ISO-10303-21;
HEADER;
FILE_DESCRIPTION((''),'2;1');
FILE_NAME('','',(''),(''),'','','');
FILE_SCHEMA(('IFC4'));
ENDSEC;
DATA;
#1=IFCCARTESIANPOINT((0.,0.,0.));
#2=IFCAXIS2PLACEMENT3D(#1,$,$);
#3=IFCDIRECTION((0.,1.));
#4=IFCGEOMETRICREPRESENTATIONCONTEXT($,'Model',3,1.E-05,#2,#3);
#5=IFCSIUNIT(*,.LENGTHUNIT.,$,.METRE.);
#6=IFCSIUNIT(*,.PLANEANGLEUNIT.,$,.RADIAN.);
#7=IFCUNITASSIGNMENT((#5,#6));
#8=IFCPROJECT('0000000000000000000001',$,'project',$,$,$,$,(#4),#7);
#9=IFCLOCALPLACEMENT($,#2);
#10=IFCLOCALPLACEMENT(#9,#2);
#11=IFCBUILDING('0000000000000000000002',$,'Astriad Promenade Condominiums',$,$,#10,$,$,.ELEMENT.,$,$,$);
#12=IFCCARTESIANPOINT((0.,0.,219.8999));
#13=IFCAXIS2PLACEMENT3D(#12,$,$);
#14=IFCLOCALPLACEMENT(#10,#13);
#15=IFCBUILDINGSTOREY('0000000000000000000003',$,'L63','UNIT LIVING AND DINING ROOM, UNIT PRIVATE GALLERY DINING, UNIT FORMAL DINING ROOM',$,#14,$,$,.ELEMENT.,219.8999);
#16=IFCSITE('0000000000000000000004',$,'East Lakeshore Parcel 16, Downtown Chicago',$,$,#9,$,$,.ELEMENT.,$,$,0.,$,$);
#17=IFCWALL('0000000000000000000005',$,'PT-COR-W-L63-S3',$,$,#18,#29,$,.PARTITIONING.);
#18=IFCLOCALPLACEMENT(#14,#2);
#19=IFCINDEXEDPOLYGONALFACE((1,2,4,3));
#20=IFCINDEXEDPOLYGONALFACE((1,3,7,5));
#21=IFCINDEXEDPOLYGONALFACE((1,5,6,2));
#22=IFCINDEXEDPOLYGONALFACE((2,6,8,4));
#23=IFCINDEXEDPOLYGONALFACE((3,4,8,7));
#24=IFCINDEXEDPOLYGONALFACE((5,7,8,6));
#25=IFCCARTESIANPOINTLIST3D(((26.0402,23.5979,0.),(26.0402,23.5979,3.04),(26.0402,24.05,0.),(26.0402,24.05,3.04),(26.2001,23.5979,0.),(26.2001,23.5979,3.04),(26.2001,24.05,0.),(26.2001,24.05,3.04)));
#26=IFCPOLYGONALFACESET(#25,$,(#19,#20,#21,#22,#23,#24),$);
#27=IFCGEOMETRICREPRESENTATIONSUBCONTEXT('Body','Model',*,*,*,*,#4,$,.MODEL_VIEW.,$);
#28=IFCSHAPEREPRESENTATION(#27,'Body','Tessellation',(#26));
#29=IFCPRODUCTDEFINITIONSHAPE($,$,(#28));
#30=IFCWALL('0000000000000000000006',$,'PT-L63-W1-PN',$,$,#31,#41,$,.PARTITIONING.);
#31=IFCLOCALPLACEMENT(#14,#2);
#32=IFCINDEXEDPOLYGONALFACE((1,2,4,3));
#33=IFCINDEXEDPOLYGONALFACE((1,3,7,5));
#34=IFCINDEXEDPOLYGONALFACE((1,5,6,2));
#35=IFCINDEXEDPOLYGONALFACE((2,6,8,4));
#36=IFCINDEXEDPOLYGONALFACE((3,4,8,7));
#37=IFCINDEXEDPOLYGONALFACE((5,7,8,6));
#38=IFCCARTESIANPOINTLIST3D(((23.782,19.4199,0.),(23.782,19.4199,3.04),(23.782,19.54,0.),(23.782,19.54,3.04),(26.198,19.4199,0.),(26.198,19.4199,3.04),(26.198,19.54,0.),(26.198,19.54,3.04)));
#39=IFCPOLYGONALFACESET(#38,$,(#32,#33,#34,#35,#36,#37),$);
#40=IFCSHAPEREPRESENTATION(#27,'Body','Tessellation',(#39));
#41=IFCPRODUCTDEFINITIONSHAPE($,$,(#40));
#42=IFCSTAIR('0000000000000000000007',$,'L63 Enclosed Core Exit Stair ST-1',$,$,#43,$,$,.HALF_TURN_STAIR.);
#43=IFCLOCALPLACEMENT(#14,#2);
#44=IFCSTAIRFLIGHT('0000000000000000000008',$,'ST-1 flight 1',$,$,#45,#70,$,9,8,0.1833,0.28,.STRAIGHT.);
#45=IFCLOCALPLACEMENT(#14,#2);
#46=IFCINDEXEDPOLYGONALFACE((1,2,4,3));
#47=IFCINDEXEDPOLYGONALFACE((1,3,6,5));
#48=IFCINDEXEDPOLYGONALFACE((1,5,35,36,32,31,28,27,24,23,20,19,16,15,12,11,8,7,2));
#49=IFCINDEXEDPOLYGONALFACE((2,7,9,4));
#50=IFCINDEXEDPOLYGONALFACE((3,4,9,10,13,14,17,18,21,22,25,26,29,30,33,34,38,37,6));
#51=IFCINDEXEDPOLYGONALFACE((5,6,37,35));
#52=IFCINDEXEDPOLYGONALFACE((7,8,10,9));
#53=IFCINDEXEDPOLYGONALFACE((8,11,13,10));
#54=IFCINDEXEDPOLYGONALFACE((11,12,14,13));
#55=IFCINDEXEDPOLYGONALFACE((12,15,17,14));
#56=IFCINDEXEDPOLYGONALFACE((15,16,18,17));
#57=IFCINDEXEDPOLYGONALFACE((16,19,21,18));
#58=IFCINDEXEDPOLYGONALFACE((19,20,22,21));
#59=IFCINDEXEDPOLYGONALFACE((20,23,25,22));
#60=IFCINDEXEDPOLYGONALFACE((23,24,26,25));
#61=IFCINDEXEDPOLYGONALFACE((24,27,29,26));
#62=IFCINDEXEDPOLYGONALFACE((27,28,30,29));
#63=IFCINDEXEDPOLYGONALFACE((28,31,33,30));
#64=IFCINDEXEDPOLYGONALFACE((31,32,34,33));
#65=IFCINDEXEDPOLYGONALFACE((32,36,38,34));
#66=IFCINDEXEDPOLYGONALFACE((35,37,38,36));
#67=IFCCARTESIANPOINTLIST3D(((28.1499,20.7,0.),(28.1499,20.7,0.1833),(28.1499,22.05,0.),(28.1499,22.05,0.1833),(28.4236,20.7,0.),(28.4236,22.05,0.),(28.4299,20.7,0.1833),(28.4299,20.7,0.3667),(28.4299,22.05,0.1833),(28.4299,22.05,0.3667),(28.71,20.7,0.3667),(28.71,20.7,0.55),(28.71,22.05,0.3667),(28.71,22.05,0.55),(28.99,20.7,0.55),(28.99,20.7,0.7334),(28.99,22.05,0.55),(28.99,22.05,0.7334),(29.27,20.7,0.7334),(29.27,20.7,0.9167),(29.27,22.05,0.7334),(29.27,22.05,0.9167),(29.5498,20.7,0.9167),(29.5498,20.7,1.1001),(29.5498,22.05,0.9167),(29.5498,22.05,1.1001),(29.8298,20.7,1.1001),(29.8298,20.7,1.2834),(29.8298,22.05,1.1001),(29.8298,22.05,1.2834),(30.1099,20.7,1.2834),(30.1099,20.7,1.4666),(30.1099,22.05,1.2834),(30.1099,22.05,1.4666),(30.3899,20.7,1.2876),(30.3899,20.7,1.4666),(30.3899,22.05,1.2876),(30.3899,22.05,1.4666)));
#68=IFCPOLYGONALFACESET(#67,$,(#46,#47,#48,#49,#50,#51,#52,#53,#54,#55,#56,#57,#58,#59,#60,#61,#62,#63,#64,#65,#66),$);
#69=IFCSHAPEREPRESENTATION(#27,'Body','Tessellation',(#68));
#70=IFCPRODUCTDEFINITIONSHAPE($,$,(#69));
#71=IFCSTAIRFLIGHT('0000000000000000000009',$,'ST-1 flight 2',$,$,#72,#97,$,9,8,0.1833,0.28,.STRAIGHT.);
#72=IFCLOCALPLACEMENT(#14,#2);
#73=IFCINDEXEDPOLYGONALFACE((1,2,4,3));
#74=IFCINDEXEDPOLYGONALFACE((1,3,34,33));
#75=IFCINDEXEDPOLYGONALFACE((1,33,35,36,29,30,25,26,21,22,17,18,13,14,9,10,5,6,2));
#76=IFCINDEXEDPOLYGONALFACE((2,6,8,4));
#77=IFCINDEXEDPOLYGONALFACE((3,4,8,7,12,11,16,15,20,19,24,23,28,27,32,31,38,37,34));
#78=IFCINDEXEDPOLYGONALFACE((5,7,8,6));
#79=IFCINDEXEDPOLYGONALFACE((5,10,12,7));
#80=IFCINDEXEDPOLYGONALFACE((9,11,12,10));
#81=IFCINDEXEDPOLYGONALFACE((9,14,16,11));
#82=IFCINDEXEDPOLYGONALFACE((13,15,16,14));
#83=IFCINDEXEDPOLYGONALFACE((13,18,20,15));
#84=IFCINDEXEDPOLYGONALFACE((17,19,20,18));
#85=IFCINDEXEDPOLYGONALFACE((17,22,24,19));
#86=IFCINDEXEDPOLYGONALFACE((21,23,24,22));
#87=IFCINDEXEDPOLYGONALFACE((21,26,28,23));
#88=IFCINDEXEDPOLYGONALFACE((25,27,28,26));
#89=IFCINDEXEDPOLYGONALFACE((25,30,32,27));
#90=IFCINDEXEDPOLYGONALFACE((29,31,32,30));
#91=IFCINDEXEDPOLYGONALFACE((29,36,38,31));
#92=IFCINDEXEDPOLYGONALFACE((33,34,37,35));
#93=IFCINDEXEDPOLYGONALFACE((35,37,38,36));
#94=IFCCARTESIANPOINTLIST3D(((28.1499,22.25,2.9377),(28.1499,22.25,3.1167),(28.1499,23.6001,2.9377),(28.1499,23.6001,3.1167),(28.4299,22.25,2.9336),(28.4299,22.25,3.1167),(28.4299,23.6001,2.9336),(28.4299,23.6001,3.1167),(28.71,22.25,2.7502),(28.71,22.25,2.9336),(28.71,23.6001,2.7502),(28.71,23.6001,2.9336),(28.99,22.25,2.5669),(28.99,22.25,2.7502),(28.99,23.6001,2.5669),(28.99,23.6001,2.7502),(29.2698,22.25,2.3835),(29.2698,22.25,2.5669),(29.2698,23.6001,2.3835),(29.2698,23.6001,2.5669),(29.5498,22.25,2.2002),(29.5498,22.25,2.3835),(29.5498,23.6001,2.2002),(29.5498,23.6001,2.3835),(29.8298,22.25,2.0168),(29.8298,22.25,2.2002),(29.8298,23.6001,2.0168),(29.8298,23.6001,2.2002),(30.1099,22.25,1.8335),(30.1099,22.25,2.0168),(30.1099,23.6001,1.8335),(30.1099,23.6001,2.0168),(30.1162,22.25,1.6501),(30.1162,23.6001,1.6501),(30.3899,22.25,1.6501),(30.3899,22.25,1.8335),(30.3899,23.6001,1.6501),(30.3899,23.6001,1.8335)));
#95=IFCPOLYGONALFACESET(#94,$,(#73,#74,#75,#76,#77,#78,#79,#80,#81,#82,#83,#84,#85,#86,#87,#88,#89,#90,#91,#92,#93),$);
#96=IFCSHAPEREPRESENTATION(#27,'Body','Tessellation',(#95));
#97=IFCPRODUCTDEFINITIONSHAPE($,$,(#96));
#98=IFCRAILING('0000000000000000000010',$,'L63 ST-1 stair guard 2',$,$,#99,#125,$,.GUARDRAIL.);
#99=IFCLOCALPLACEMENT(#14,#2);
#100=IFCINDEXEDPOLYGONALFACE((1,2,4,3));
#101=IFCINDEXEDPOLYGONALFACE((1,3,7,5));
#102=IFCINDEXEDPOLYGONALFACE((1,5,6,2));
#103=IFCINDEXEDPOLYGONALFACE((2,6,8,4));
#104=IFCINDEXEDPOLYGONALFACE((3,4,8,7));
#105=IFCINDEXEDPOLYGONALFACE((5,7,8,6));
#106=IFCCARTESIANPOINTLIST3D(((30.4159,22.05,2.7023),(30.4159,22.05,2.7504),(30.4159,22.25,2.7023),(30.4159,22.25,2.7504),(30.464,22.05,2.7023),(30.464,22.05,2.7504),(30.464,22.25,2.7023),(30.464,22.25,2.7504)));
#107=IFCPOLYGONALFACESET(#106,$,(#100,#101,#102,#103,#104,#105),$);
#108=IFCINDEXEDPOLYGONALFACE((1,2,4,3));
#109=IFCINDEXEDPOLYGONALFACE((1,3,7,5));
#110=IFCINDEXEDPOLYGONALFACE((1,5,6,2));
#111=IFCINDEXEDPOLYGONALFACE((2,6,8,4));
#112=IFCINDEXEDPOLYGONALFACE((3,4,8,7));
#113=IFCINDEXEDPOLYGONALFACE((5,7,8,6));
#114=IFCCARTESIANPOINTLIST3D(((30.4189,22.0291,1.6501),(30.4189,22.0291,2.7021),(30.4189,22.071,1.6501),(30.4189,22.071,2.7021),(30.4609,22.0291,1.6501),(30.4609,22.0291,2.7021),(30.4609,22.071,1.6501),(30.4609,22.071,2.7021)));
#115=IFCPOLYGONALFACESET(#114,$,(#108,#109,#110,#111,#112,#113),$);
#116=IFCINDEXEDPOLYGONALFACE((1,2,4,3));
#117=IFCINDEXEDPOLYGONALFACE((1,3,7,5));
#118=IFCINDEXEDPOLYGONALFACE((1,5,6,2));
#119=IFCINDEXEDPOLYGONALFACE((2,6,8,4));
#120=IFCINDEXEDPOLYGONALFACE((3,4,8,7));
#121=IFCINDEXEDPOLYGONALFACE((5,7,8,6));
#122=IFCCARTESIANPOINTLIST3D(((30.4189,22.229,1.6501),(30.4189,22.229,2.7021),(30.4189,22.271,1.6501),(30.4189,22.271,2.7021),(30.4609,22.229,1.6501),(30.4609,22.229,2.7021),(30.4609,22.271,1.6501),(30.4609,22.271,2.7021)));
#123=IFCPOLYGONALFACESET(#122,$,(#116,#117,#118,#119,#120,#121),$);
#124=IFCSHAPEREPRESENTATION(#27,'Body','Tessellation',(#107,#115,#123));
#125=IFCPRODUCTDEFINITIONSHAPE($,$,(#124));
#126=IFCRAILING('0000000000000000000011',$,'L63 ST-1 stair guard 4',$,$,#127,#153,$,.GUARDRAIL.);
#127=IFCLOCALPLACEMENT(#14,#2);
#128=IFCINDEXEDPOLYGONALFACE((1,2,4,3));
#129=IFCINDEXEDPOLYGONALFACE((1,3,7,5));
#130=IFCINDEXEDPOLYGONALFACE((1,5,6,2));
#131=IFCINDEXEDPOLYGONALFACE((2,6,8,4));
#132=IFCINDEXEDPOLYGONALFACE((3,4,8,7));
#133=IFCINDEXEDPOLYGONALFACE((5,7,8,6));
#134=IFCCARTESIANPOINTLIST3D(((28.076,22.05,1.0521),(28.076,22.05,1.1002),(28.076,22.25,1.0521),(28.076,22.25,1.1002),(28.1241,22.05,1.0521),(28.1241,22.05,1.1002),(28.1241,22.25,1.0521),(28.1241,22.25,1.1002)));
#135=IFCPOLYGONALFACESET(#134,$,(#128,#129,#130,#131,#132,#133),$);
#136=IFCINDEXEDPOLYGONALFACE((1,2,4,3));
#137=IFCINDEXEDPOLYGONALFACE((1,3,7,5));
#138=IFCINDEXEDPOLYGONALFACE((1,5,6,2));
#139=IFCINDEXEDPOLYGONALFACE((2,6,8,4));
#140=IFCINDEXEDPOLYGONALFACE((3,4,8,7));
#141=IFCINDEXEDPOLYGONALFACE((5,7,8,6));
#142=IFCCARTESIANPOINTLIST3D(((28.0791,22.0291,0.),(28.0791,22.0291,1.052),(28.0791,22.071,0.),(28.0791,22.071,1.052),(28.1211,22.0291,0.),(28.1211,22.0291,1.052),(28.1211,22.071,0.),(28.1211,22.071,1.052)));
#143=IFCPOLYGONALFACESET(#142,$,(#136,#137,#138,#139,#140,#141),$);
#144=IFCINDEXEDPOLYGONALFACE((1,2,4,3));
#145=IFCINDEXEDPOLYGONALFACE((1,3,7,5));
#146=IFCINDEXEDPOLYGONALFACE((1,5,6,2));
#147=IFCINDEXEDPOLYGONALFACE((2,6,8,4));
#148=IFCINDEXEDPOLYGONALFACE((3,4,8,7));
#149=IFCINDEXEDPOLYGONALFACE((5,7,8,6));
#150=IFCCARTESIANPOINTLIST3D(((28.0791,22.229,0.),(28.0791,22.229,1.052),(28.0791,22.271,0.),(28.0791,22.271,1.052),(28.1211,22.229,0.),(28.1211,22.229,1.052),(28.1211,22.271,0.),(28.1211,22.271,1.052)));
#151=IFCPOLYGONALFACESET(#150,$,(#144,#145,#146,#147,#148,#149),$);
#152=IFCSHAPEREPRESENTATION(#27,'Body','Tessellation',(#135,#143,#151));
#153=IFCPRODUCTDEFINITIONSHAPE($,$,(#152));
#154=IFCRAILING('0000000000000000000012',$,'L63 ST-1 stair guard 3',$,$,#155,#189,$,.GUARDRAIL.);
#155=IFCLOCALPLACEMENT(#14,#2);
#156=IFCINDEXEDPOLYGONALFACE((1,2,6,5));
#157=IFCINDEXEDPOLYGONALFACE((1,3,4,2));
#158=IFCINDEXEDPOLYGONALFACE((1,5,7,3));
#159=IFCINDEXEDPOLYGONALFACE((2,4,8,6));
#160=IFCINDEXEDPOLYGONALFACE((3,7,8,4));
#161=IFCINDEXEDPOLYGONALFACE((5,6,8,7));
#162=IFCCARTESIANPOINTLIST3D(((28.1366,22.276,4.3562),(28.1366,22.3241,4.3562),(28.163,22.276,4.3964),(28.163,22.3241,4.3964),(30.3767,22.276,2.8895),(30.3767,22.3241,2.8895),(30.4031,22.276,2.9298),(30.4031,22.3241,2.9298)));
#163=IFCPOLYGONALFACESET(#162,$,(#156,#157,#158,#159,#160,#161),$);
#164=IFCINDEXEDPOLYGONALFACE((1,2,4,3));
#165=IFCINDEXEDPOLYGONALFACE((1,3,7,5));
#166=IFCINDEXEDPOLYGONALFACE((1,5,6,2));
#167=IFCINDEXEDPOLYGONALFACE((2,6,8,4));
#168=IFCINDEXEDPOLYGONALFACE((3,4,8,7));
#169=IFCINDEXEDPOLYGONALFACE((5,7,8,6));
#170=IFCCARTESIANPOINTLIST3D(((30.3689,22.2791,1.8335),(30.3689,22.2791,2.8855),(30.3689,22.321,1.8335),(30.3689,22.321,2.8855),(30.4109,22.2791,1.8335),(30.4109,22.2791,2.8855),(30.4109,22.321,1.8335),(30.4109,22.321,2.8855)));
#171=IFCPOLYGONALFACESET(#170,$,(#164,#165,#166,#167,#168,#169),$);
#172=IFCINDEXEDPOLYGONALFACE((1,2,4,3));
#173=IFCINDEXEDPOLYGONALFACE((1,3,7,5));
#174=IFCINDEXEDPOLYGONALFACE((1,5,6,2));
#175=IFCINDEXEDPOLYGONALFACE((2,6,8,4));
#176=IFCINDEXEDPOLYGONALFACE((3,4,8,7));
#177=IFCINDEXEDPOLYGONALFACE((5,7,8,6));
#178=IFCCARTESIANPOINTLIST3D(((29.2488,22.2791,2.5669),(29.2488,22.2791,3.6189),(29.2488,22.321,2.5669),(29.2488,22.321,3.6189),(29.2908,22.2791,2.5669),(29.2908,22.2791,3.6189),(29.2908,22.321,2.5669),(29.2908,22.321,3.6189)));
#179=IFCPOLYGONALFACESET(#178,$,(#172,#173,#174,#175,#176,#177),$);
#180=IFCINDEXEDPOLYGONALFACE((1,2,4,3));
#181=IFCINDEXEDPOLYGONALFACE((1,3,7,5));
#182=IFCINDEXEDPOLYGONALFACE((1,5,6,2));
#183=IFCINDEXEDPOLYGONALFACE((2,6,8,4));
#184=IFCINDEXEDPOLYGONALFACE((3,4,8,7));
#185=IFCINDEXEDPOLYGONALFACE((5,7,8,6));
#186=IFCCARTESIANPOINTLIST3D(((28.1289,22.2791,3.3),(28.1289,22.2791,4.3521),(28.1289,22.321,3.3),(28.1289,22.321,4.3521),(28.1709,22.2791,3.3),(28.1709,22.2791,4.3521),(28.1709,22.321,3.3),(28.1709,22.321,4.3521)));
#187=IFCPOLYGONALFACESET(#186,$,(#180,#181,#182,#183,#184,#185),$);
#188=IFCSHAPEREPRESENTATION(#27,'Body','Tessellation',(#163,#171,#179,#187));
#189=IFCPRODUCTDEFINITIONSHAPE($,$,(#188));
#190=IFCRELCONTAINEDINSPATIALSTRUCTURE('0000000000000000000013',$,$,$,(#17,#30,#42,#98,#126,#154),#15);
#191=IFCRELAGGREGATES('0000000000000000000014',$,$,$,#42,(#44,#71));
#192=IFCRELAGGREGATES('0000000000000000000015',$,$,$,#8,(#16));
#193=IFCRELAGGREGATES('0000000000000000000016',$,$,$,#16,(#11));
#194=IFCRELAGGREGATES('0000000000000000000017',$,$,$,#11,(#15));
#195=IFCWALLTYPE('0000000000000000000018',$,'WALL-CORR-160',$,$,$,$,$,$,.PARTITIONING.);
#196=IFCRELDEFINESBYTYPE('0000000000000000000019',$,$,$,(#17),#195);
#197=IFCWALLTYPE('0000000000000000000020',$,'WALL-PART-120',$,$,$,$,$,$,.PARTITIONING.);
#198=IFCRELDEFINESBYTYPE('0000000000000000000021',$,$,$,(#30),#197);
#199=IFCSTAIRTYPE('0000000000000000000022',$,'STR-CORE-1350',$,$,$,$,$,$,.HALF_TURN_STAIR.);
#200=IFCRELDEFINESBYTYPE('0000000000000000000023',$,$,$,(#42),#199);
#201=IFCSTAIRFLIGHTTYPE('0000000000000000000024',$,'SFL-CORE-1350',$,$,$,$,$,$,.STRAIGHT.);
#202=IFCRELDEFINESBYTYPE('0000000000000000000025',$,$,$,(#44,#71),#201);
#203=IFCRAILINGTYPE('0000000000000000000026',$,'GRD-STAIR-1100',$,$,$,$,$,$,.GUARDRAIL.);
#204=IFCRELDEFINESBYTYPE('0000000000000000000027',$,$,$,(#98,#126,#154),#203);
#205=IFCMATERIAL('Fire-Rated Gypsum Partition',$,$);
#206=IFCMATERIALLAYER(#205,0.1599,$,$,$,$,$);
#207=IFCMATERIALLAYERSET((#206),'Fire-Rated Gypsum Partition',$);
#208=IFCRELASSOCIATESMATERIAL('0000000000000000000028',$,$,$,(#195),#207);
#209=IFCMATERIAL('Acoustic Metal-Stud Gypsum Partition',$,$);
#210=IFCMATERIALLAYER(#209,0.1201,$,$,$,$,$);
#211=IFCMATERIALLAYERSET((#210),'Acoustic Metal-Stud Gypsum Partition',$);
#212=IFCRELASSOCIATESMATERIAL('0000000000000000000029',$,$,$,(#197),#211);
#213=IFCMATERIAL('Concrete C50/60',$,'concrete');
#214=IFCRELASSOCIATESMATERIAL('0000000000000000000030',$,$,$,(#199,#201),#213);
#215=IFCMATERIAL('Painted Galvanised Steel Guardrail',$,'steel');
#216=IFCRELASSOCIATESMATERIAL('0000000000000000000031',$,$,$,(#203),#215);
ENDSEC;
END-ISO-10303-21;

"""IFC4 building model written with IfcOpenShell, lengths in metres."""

from ifc_helpers import new_model, si_unit, direction, frame, frame_2d, origin, origin_2d, place, context, subcontext, project, spatial, polyline, rectangle, outline, extrude, source, transform, mapped, material, layer, layer_set, type_object, type_shapes, element, aggregate, save


model = new_model("IFC4")

# Units and contexts
model_context = context("Model", 3, precision=1e-05, world=origin(), true_north=direction((0.0, 1.0)))
body_context = subcontext(model_context, "Body", "Model", "MODEL_VIEW")
ifc_project = project(units=[si_unit("LENGTHUNIT", "METRE"), si_unit("PLANEANGLEUNIT", "RADIAN")], contexts=[model_context])

# Site, building, storey
site_placement = place(None, origin())
site = spatial("IfcSite", under=ifc_project, at=site_placement, Name="East Lakeshore Parcel 16, Downtown Chicago", CompositionType="ELEMENT", RefElevation=0.0)
building_placement = place(site_placement, origin())
building = spatial("IfcBuilding", under=site, at=building_placement, Name="Astriad Promenade Condominiums", CompositionType="ELEMENT")
storey_placement = place(building_placement, frame((0.0, 0.0, 219.8999)))
storey = spatial("IfcBuildingStorey", under=building, at=storey_placement, Name="L63", Description="UNIT LIVING AND DINING ROOM, UNIT PRIVATE GALLERY DINING, UNIT FORMAL DINING ROOM", CompositionType="ELEMENT", Elevation=219.8999)

# Shared definitions
ifc_material_1 = material(Name="Concrete C50/60", Category="concrete")

# Walls
ifc_material_2 = material(Name="Fire-Rated Gypsum Partition")
ifc_layer_1 = layer(ifc_material_2, 0.1599)
ifc_layer_set_1 = layer_set([ifc_layer_1], Name="Fire-Rated Gypsum Partition")
wall_type_1 = type_object("IfcWallType", Name="WALL-CORR-160", PredefinedType="PARTITIONING", material=ifc_layer_set_1)
wall_1_placement = place(storey_placement, frame((26.1201, 23.5979, 0.0), z_axis=(0.0, 0.0, 1.0), x_axis=(0.0, 1.0, 0.0)))
element("IfcWall", 1, at=wall_1_placement, inside=storey, type_object=wall_type_1, Name="PT-COR-W-L63-S3", PredefinedType="PARTITIONING", context=body_context, shape_type="SweptSolid", body=[
    extrude(rectangle(XDim=0.4521, YDim=0.1599, at=frame_2d((0.2261, 0.0))), origin(), (0.0, 0.0, 1.0), 3.04),
])
ifc_material_3 = material(Name="Acoustic Metal-Stud Gypsum Partition")
ifc_layer_2 = layer(ifc_material_3, 0.1201)
ifc_layer_set_2 = layer_set([ifc_layer_2], Name="Acoustic Metal-Stud Gypsum Partition")
wall_type_2 = type_object("IfcWallType", Name="WALL-PART-120", PredefinedType="PARTITIONING", material=ifc_layer_set_2)
wall_2_placement = place(storey_placement, frame((23.782, 19.48, 0.0), z_axis=(0.0, 0.0, 1.0), x_axis=(1.0, 0.0, 0.0)))
element("IfcWall", 2, at=wall_2_placement, inside=storey, type_object=wall_type_2, Name="PT-L63-W1-PN", PredefinedType="PARTITIONING", context=body_context, shape_type="SweptSolid", body=[
    extrude(rectangle(XDim=2.416, YDim=0.1201, at=frame_2d((1.208, 0.0))), origin(), (0.0, 0.0, 1.0), 3.04),
])

# Stair, stair flights
stair_type = type_object("IfcStairType", Name="STR-CORE-1350", PredefinedType="HALF_TURN_STAIR", material=ifc_material_1)
stair_placement = place(storey_placement, origin())
stair = element("IfcStair", 3, at=stair_placement, inside=storey, type_object=stair_type, Name="L63 Enclosed Core Exit Stair ST-1", PredefinedType="HALF_TURN_STAIR")
stair_flight_type = type_object("IfcStairFlightType", Name="SFL-CORE-1350", PredefinedType="STRAIGHT", material=ifc_material_1)
shared_shape_1 = source(origin(), body_context, "Body", "SweptSolid", [
    extrude(outline(polyline([(0.0, 0.0), (0.0, 0.1833), (0.28, 0.1833), (0.28, 0.3667), (0.5601, 0.3667), (0.5601, 0.55), (0.8401, 0.55), (0.8401, 0.7334), (1.1201, 0.7334), (1.1201, 0.9167), (1.3999, 0.9167), (1.3999, 1.1001), (1.6799, 1.1001), (1.6799, 1.2834), (1.96, 1.2834), (1.96, 1.4666), (2.24, 1.4666), (2.24, 1.6499), (2.24, 1.2876), (0.2737, 0.0), (0.0, 0.0)])), frame((0.0, 0.675, 0.0), z_axis=(0.0, -1.0, 0.0), x_axis=(1.0, 0.0, 0.0)), (0.0, 0.0, 1.0), 1.3501),
])
type_shapes(stair_flight_type, [shared_shape_1])
stair_flight_1_placement = place(storey_placement, frame((28.1499, 21.375, 0.0), z_axis=(0.0, 0.0, 1.0), x_axis=(1.0, 0.0, 0.0)))
stair_flight_1 = element("IfcStairFlight", 4, at=stair_flight_1_placement, type_object=stair_flight_type, Name="ST-1 flight 1", NumberOfRisers=9, NumberOfTreads=8, PredefinedType="STRAIGHT", RiserHeight=0.1833, TreadLength=0.28, context=body_context, shape_type="MappedRepresentation", body=[
    mapped(shared_shape_1, transform((0.0, 0.0, 0.0), scale=1.0)),
])
stair_flight_2_placement = place(storey_placement, frame((30.3899, 22.925, 1.6501), z_axis=(0.0, 0.0, 1.0), x_axis=(-1.0, 0.0, 0.0)))
stair_flight_2 = element("IfcStairFlight", 5, at=stair_flight_2_placement, type_object=stair_flight_type, Name="ST-1 flight 2", NumberOfRisers=9, NumberOfTreads=8, PredefinedType="STRAIGHT", RiserHeight=0.1833, TreadLength=0.28, context=body_context, shape_type="MappedRepresentation", body=[
    mapped(shared_shape_1, transform((0.0, 0.0, 0.0), scale=1.0)),
])
aggregate(stair, [stair_flight_1, stair_flight_2])

# Railings
ifc_material_4 = material(Name="Painted Galvanised Steel Guardrail", Category="steel")
railing_type_1 = type_object("IfcRailingType", Name="GRD-STAIR-1100", PredefinedType="GUARDRAIL", material=ifc_material_4)
shared_shape_2 = source(origin(), body_context, "Body", "SweptSolid", [
    extrude(rectangle(XDim=0.0481, YDim=0.0481, at=origin_2d()), frame((0.0, 0.0, 1.0762), z_axis=(0.0, 1.0, 0.0), x_axis=(-1.0, 0.0, 0.0)), (0.0, 0.0, 1.0), 0.2),
    extrude(rectangle(XDim=0.042, YDim=0.042, at=origin_2d()), origin(), (0.0, 0.0, 1.0), 1.052),
    extrude(rectangle(XDim=0.042, YDim=0.042, at=origin_2d()), frame((0.0, 0.2, 0.0)), (0.0, 0.0, 1.0), 1.052),
])
for number, where, name in (
    (6, (30.4399, 22.05, 1.6501), "L63 ST-1 stair guard 2"),
    (7, (28.1001, 22.05, 0.0), "L63 ST-1 stair guard 4"),
):
    element("IfcRailing", number, at=place(storey_placement, frame(where)), inside=storey, type_object=railing_type_1, Name=name, PredefinedType="GUARDRAIL", context=body_context, shape_type="MappedRepresentation", body=[
        mapped(shared_shape_2, transform((0.0, 0.0, 0.0), scale=1.0)),
    ])
shared_shape_3 = source(origin(), body_context, "Body", "SweptSolid", [
    extrude(rectangle(XDim=0.0481, YDim=0.0481, at=origin_2d()), frame((0.0, 0.0, 1.0762), z_axis=(-0.836637, 0.0, 0.547758), x_axis=(0.0, -1.0, 0.0)), (0.0, 0.0, 1.0), 2.6775),
    extrude(rectangle(XDim=0.042, YDim=0.042, at=origin_2d()), origin(), (0.0, 0.0, 1.0), 1.052),
    extrude(rectangle(XDim=0.042, YDim=0.042, at=origin_2d()), frame((-1.1201, 0.0, 0.7334)), (0.0, 0.0, 1.0), 1.052),
    extrude(rectangle(XDim=0.042, YDim=0.042, at=origin_2d()), frame((-2.24, 0.0, 1.4666)), (0.0, 0.0, 1.0), 1.052),
])
railing_1_placement = place(storey_placement, frame((30.3899, 22.3, 1.8335)))
element("IfcRailing", 8, at=railing_1_placement, inside=storey, type_object=railing_type_1, Name="L63 ST-1 stair guard 3", PredefinedType="GUARDRAIL", context=body_context, shape_type="MappedRepresentation", body=[
    mapped(shared_shape_3, transform((0.0, 0.0, 0.0), scale=1.0)),
])

save(model, "model.ifc")
